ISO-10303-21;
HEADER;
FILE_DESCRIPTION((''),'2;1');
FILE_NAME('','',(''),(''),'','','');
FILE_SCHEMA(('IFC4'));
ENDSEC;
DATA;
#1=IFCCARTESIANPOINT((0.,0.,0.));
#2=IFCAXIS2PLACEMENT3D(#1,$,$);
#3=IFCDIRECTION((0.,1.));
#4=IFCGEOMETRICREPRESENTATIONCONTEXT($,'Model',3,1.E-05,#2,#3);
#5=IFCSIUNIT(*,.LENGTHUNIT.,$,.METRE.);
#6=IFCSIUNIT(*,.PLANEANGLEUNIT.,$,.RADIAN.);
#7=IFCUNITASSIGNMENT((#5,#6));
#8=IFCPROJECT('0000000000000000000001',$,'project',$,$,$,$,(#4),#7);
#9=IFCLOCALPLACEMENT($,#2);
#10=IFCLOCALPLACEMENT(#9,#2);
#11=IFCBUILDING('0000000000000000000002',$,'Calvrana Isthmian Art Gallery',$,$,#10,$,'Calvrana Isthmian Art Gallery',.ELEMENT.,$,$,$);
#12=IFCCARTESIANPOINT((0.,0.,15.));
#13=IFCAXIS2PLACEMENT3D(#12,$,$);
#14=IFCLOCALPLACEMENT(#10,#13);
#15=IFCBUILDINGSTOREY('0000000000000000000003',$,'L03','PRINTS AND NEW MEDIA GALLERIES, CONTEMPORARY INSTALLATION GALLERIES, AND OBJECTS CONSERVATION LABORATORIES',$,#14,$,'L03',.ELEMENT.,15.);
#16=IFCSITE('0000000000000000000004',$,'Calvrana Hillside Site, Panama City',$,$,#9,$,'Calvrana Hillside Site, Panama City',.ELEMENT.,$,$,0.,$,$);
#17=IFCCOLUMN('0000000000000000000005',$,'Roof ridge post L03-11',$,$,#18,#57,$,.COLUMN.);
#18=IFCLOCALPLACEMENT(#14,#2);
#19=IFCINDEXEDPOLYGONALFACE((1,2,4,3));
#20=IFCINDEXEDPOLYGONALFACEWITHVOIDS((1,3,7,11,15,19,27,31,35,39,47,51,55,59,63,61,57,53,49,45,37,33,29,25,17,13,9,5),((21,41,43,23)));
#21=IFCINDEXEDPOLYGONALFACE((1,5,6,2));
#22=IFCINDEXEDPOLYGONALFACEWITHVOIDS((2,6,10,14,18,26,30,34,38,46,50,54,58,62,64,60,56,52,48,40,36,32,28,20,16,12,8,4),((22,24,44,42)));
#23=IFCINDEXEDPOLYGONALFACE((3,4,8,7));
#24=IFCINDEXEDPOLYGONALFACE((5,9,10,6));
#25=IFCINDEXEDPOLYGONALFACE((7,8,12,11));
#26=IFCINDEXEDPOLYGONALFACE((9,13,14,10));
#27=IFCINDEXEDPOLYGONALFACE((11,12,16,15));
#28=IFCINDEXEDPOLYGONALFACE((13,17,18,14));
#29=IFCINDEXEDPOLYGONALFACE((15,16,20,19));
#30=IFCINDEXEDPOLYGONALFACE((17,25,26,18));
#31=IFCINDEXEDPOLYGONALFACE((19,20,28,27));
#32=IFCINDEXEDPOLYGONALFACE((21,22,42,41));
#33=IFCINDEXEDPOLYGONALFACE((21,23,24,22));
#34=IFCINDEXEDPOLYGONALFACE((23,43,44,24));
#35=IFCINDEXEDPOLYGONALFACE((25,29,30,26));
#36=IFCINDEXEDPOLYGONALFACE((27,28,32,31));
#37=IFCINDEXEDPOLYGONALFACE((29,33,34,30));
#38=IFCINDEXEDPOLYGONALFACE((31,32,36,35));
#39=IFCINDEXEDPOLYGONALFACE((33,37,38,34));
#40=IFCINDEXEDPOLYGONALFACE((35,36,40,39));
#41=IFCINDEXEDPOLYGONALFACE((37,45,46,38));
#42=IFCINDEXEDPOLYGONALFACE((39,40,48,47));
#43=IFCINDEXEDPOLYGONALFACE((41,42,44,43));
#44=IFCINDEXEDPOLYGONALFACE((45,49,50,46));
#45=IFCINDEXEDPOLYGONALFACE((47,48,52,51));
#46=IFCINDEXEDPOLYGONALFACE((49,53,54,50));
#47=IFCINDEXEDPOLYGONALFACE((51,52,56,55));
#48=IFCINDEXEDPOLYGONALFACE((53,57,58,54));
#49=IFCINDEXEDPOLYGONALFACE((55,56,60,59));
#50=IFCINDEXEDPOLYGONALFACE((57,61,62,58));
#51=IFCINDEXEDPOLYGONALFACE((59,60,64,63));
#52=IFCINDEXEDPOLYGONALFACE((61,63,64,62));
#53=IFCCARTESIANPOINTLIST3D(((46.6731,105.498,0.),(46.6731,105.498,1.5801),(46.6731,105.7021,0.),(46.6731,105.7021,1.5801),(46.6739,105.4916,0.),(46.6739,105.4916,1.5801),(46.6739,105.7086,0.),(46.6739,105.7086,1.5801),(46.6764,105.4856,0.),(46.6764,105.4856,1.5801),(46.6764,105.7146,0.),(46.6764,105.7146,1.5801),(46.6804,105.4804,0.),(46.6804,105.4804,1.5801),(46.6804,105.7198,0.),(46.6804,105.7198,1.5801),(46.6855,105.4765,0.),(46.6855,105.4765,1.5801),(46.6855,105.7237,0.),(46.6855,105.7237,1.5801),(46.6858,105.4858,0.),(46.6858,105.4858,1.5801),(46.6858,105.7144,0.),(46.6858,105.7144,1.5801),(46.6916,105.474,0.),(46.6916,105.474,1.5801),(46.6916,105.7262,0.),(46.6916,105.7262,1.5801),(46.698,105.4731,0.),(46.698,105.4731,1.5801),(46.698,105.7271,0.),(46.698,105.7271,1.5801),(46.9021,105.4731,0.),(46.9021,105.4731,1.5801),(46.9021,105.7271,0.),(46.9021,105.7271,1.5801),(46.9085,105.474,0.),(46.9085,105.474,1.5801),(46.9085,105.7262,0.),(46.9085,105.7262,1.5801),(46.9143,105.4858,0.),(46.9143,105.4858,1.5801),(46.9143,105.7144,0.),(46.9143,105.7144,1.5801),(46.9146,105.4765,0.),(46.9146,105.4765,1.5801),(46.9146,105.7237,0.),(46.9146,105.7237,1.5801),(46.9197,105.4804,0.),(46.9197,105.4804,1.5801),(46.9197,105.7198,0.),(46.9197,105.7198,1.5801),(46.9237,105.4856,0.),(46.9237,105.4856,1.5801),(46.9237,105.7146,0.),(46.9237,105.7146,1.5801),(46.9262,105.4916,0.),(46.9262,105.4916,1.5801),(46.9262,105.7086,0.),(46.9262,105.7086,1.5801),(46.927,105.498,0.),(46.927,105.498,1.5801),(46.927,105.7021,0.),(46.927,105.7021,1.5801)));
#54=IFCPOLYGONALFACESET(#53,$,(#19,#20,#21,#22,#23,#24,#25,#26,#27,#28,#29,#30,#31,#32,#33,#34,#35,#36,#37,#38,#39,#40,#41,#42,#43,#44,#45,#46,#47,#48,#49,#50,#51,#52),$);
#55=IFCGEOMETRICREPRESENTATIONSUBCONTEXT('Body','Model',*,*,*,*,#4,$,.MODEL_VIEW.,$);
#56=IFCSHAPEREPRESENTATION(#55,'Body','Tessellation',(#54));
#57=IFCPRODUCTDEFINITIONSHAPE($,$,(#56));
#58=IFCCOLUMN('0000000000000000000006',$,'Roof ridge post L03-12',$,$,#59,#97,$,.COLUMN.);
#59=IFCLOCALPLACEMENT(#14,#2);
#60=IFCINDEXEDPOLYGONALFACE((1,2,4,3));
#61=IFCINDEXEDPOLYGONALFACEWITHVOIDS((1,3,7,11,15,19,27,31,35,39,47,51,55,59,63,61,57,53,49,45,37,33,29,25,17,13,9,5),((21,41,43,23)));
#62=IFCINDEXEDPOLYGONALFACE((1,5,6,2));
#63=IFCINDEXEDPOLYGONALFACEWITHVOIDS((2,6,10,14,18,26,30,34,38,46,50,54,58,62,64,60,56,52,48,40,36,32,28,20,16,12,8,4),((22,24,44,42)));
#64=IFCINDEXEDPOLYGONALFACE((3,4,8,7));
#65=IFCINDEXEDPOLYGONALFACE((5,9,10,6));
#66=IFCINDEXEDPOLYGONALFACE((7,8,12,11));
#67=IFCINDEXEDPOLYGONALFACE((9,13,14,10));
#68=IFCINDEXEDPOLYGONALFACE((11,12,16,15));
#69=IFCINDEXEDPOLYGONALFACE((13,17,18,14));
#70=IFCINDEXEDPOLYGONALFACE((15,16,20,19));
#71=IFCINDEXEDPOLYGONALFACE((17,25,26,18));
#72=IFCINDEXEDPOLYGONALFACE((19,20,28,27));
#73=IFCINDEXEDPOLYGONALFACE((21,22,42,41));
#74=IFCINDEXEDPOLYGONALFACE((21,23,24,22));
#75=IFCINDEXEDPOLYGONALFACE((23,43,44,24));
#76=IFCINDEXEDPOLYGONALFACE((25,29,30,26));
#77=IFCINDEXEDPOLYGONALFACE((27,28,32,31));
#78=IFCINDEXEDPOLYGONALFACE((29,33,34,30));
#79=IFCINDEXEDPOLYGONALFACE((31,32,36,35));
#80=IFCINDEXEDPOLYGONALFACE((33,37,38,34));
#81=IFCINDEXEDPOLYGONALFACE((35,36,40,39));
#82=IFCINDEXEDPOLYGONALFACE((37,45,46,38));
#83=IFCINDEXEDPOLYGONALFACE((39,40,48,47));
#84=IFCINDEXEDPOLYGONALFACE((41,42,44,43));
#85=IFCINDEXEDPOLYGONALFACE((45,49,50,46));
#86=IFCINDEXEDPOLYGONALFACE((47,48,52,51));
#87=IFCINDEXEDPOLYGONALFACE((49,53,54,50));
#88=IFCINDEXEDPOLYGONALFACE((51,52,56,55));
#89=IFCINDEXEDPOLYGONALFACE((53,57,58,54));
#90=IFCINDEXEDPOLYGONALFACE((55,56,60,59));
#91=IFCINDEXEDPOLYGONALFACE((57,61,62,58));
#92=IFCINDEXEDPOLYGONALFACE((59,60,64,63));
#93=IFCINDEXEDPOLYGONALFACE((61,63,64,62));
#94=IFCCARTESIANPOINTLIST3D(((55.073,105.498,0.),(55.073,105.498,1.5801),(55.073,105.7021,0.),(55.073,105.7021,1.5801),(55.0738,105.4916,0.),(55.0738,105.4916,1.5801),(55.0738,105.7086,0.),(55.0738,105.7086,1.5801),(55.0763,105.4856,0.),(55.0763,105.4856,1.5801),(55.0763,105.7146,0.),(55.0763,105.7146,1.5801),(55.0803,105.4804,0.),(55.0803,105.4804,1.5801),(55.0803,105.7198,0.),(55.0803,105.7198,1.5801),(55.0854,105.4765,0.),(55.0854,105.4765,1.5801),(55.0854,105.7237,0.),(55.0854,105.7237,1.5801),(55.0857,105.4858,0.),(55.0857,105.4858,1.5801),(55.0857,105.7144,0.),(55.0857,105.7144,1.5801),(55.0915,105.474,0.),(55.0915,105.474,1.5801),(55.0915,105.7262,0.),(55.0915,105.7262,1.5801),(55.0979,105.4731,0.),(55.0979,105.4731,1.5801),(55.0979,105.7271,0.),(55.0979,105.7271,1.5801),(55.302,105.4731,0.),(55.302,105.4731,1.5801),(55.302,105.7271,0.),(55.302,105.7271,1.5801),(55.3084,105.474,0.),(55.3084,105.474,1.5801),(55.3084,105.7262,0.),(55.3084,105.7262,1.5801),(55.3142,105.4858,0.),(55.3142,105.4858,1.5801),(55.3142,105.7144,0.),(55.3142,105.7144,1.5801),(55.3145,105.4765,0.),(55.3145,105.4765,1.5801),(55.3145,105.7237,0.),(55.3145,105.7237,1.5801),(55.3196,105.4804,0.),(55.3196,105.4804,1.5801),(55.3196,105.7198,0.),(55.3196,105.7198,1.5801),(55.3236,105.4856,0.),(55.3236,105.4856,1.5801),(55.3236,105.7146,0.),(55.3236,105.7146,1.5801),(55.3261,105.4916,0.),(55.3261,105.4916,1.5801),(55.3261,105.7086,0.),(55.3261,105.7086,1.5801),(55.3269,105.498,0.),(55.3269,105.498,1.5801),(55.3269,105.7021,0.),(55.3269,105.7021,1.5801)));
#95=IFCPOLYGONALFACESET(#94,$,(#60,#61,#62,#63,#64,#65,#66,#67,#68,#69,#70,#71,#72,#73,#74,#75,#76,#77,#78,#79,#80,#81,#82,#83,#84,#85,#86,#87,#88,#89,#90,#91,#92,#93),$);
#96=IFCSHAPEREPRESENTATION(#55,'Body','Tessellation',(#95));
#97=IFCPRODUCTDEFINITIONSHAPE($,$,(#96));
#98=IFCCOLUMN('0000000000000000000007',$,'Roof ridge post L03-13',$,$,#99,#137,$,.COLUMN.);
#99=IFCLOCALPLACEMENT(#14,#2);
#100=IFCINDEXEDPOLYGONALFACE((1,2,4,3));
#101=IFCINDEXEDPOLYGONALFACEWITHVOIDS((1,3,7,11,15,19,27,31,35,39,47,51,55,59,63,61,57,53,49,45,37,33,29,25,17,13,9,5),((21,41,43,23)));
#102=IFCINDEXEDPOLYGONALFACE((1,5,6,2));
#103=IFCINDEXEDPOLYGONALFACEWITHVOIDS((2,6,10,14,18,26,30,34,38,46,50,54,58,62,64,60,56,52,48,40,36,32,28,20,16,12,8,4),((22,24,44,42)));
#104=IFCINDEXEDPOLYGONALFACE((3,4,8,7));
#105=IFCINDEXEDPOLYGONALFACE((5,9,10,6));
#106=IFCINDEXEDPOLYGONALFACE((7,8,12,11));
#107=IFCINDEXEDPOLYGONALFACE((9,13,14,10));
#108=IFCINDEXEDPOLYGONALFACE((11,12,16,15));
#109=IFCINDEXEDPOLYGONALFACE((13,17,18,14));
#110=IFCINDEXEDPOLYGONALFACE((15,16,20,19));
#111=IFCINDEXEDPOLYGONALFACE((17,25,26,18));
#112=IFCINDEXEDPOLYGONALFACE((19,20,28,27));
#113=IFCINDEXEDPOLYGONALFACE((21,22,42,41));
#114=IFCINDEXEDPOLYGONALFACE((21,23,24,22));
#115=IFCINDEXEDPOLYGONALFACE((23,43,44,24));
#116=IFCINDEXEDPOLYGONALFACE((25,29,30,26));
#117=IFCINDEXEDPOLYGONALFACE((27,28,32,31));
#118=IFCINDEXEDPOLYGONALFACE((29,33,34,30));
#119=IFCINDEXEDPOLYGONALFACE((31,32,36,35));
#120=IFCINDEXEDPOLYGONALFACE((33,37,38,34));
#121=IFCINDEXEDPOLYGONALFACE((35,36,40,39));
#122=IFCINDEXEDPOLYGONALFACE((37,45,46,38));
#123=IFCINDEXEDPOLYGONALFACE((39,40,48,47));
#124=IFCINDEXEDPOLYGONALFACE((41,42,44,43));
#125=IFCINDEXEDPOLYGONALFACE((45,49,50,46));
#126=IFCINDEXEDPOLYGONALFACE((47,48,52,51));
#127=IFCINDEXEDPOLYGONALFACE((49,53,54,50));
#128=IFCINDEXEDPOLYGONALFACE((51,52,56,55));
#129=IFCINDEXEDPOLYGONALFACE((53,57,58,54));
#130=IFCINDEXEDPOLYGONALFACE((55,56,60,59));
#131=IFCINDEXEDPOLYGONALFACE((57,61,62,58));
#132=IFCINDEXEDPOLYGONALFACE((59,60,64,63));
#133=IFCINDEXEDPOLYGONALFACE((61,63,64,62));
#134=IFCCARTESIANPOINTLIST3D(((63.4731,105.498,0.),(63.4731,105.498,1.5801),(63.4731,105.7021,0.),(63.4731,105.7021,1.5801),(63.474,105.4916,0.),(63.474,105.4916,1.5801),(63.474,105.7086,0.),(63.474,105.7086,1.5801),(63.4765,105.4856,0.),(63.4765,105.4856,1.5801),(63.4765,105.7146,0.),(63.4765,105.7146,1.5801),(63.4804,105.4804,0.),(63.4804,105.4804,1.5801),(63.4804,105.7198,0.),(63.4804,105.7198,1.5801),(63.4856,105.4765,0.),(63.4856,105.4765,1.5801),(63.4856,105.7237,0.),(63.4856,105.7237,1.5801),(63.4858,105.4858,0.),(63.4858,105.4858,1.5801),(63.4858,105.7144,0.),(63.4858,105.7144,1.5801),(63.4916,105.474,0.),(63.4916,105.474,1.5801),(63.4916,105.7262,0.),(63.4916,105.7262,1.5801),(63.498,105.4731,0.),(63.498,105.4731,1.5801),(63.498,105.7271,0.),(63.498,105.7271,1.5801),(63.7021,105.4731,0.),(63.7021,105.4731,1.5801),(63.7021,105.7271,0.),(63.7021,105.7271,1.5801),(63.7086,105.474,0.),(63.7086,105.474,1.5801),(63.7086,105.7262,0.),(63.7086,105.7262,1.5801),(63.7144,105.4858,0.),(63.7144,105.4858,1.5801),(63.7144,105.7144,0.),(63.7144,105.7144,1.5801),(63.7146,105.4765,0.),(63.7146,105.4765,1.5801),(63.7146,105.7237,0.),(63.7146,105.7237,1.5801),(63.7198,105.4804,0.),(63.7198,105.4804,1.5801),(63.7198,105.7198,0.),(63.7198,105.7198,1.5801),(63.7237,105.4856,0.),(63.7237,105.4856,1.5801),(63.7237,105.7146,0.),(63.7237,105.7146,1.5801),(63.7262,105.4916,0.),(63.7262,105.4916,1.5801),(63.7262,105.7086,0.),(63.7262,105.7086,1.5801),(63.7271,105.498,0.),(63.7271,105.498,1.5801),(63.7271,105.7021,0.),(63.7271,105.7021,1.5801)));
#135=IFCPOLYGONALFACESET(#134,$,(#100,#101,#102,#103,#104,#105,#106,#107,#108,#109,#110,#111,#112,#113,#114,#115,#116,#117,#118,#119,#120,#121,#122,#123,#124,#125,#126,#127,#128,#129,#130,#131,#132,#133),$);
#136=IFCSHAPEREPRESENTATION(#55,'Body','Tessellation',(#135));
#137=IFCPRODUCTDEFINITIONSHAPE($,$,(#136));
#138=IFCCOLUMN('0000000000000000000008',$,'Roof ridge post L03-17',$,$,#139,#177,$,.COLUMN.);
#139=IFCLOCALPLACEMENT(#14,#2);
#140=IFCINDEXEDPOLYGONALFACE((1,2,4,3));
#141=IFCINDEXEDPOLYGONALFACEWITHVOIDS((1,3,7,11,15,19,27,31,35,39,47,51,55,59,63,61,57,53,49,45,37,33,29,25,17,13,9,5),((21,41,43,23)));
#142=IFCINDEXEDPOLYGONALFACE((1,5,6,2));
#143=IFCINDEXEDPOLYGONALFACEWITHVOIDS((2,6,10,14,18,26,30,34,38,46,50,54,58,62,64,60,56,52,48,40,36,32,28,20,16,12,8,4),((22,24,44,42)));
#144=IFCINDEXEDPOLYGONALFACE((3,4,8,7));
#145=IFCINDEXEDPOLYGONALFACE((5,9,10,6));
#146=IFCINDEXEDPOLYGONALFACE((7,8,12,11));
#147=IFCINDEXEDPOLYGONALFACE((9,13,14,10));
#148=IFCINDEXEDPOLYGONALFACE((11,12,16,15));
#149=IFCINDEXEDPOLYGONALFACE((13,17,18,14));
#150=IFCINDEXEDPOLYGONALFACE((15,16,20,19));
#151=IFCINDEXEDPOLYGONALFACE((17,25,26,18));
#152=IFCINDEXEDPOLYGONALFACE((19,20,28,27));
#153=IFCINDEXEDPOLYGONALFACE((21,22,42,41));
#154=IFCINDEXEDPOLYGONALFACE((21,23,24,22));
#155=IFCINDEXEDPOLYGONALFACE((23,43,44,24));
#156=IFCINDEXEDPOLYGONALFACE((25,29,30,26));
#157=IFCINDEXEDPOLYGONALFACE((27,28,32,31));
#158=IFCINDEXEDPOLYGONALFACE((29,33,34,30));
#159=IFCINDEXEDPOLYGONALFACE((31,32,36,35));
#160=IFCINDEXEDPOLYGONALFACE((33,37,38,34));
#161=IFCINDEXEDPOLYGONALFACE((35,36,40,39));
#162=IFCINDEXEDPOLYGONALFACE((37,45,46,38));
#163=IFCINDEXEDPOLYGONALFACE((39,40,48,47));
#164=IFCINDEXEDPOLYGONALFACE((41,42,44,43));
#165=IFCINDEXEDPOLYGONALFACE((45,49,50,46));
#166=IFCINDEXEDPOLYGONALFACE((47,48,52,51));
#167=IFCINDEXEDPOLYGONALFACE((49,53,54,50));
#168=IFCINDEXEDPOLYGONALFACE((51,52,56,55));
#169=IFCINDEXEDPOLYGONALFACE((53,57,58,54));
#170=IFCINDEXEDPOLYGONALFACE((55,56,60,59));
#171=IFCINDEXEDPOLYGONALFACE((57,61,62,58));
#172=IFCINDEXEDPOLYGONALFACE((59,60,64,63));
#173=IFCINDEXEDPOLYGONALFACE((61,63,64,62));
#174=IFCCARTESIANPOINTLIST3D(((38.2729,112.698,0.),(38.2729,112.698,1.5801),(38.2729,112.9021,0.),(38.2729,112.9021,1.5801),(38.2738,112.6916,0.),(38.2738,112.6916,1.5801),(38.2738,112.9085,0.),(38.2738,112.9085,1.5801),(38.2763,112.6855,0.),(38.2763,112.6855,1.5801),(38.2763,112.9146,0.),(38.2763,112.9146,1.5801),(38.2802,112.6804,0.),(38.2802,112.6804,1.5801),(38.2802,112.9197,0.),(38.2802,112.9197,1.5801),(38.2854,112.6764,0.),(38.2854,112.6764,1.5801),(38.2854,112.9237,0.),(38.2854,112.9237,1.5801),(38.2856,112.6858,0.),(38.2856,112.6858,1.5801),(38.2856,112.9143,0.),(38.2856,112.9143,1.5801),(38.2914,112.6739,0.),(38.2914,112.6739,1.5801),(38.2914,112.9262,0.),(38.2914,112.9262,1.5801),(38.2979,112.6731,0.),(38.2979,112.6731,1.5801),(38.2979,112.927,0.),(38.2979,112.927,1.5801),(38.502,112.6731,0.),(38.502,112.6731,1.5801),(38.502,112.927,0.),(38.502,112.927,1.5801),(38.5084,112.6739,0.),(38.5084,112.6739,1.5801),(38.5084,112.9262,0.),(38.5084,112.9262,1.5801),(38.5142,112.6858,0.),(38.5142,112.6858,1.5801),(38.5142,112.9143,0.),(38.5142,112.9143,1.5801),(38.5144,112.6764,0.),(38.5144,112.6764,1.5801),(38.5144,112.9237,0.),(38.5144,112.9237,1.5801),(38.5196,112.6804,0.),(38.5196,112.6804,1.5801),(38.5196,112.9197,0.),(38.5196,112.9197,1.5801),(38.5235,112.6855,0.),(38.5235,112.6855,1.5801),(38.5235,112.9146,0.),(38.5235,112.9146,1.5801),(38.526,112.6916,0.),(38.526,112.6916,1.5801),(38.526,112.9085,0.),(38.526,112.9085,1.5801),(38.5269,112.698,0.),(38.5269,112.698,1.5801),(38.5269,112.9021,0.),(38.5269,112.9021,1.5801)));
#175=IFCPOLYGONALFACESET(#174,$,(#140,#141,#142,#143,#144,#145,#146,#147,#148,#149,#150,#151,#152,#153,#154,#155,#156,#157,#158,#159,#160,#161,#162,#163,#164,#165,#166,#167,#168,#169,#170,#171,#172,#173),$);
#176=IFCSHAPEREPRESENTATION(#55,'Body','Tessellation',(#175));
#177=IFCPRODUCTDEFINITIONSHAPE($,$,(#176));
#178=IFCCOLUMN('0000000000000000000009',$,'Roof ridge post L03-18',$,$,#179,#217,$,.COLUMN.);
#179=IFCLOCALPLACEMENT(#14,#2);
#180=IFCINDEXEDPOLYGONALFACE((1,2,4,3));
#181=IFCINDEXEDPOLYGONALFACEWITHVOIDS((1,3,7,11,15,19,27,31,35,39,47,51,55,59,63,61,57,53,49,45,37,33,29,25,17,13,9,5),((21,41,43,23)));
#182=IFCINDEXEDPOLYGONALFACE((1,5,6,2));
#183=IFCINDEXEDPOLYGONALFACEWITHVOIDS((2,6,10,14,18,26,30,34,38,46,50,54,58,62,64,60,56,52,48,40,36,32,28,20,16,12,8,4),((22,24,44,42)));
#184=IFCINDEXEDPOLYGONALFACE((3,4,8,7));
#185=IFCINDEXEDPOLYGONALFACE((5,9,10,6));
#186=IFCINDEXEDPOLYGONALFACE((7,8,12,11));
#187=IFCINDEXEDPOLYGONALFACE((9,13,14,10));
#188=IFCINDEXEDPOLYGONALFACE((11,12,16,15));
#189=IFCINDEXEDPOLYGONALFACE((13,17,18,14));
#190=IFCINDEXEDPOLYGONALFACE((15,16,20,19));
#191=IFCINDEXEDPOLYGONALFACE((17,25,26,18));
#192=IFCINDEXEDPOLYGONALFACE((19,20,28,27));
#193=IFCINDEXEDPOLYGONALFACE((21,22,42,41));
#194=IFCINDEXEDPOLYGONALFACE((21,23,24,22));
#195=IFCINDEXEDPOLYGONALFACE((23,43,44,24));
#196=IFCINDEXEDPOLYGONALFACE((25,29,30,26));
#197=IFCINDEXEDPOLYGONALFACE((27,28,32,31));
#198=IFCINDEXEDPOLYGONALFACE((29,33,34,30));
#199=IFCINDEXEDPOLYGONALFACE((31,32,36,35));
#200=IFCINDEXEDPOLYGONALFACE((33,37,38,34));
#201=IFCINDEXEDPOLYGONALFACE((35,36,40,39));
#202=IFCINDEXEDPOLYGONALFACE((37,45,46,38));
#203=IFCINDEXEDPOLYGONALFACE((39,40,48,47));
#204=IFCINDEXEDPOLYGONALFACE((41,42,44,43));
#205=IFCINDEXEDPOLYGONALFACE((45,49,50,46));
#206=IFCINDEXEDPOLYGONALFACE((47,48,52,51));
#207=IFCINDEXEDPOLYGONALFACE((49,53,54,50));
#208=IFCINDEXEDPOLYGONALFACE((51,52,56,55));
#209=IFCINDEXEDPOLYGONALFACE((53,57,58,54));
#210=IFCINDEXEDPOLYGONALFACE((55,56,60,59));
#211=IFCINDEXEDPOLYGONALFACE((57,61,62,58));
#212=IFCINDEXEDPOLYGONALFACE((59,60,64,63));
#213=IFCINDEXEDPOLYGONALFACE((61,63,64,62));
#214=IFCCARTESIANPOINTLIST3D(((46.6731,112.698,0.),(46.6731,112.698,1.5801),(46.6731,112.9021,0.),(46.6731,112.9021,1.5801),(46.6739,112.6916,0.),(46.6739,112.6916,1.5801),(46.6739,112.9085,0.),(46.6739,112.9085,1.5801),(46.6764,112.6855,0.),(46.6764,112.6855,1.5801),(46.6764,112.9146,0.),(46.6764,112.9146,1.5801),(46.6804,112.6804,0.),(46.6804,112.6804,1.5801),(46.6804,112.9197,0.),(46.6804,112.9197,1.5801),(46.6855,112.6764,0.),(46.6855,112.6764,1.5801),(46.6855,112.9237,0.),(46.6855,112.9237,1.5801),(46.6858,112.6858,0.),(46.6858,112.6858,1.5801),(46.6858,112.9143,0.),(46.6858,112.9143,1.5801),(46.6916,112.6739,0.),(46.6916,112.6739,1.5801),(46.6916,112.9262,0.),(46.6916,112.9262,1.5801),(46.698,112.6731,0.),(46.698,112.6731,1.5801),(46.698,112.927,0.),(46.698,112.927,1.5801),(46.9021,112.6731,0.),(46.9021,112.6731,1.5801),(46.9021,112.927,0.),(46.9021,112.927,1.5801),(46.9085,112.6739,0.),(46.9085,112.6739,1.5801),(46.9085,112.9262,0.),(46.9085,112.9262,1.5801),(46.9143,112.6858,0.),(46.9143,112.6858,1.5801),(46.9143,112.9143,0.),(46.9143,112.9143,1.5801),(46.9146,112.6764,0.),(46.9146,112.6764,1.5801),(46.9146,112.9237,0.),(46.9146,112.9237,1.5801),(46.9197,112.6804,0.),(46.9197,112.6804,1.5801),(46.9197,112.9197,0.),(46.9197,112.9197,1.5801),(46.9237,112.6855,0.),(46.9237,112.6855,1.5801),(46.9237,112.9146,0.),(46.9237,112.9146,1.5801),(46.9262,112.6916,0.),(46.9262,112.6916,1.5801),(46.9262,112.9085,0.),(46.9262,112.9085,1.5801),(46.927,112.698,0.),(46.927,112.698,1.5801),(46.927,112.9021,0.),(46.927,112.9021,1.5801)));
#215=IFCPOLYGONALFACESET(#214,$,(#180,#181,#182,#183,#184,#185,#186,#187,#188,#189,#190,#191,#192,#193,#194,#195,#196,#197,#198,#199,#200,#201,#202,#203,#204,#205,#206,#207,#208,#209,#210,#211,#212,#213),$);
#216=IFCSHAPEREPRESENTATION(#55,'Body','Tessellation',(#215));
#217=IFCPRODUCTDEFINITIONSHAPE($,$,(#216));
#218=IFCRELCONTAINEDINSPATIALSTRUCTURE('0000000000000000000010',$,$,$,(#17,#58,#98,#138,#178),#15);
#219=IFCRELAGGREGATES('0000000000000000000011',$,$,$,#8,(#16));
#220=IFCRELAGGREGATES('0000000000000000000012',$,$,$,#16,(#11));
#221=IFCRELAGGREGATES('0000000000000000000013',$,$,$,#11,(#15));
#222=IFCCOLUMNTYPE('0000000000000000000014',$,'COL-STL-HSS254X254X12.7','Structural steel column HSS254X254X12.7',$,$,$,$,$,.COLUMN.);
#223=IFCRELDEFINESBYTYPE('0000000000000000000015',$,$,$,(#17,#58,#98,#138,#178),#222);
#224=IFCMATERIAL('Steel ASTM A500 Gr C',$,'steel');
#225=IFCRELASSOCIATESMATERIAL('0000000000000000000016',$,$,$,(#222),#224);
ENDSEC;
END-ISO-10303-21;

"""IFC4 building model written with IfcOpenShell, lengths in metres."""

from ifc_helpers import new_model, si_unit, direction, frame, origin, origin_2d, place, context, subcontext, project, spatial, hollow_rectangle, extrude, material, material_profile, profile_set, type_object, element, save


model = new_model("IFC4")

# Units and contexts
model_context = context("Model", 3, precision=1e-05, world=origin(), true_north=direction((0.0, 1.0)))
body_context = subcontext(model_context, "Body", "Model", "MODEL_VIEW")
ifc_project = project(units=[si_unit("LENGTHUNIT", "METRE"), si_unit("PLANEANGLEUNIT", "RADIAN")], contexts=[model_context])

# Site, building, storey
site_placement = place(None, origin())
site = spatial("IfcSite", under=ifc_project, at=site_placement, Name="Calvrana Hillside Site, Panama City", LongName="Calvrana Hillside Site, Panama City", CompositionType="ELEMENT", RefElevation=0.0)
building_placement = place(site_placement, origin())
building = spatial("IfcBuilding", under=site, at=building_placement, Name="Calvrana Isthmian Art Gallery", LongName="Calvrana Isthmian Art Gallery", CompositionType="ELEMENT")
storey_placement = place(building_placement, frame((0.0, 0.0, 15.0)))
storey = spatial("IfcBuildingStorey", under=building, at=storey_placement, Name="L03", Description="PRINTS AND NEW MEDIA GALLERIES, CONTEMPORARY INSTALLATION GALLERIES, AND OBJECTS CONSERVATION LABORATORIES", LongName="L03", CompositionType="ELEMENT", Elevation=15.0)

# Columns
ifc_material_1 = material(Name="Steel ASTM A500 Gr C", Category="steel")
ifc_material_profile_1 = material_profile(ifc_material_1, hollow_rectangle(XDim=0.2539, YDim=0.2539, WallThickness=0.0127, OuterFilletRadius=0.0249, at=origin_2d()), Name="HSS254X254X12.7")
ifc_profile_set_1 = profile_set([ifc_material_profile_1], Name="Steel ASTM A500 Gr C")
column_type = type_object("IfcColumnType", Name="COL-STL-HSS254X254X12.7", Description="Structural steel column HSS254X254X12.7", PredefinedType="COLUMN", material=ifc_profile_set_1)
for number, where, z_axis, x_axis, name in (
    (1, (46.8, 105.6001, 0.0), (0.0, 0.0, 1.0), (1.0, 0.0, 0.0), "Roof ridge post L03-11"),
    (2, (55.2, 105.6001, 0.0), (0.0, 0.0, 1.0), (1.0, 0.0, 0.0), "Roof ridge post L03-12"),
    (3, (63.6001, 105.6001, 0.0), (0.0, 0.0, 1.0), (1.0, 0.0, 0.0), "Roof ridge post L03-13"),
    (4, (38.3999, 112.8, 0.0), (0.0, 0.0, 1.0), (1.0, 0.0, 0.0), "Roof ridge post L03-17"),
    (5, (46.8, 112.8, 0.0), (0.0, 0.0, 1.0), (1.0, 0.0, 0.0), "Roof ridge post L03-18"),
):
    element("IfcColumn", number, at=place(storey_placement, frame(where, z_axis=z_axis, x_axis=x_axis)), inside=storey, type_object=column_type, Name=name, PredefinedType="COLUMN", context=body_context, shape_type="SweptSolid", body=[
        extrude(hollow_rectangle(XDim=0.2539, YDim=0.2539, WallThickness=0.0127, OuterFilletRadius=0.0249, at=origin_2d()), origin(), (0.0, 0.0, 1.0), 1.5801),
    ])

save(model, "model.ifc")
